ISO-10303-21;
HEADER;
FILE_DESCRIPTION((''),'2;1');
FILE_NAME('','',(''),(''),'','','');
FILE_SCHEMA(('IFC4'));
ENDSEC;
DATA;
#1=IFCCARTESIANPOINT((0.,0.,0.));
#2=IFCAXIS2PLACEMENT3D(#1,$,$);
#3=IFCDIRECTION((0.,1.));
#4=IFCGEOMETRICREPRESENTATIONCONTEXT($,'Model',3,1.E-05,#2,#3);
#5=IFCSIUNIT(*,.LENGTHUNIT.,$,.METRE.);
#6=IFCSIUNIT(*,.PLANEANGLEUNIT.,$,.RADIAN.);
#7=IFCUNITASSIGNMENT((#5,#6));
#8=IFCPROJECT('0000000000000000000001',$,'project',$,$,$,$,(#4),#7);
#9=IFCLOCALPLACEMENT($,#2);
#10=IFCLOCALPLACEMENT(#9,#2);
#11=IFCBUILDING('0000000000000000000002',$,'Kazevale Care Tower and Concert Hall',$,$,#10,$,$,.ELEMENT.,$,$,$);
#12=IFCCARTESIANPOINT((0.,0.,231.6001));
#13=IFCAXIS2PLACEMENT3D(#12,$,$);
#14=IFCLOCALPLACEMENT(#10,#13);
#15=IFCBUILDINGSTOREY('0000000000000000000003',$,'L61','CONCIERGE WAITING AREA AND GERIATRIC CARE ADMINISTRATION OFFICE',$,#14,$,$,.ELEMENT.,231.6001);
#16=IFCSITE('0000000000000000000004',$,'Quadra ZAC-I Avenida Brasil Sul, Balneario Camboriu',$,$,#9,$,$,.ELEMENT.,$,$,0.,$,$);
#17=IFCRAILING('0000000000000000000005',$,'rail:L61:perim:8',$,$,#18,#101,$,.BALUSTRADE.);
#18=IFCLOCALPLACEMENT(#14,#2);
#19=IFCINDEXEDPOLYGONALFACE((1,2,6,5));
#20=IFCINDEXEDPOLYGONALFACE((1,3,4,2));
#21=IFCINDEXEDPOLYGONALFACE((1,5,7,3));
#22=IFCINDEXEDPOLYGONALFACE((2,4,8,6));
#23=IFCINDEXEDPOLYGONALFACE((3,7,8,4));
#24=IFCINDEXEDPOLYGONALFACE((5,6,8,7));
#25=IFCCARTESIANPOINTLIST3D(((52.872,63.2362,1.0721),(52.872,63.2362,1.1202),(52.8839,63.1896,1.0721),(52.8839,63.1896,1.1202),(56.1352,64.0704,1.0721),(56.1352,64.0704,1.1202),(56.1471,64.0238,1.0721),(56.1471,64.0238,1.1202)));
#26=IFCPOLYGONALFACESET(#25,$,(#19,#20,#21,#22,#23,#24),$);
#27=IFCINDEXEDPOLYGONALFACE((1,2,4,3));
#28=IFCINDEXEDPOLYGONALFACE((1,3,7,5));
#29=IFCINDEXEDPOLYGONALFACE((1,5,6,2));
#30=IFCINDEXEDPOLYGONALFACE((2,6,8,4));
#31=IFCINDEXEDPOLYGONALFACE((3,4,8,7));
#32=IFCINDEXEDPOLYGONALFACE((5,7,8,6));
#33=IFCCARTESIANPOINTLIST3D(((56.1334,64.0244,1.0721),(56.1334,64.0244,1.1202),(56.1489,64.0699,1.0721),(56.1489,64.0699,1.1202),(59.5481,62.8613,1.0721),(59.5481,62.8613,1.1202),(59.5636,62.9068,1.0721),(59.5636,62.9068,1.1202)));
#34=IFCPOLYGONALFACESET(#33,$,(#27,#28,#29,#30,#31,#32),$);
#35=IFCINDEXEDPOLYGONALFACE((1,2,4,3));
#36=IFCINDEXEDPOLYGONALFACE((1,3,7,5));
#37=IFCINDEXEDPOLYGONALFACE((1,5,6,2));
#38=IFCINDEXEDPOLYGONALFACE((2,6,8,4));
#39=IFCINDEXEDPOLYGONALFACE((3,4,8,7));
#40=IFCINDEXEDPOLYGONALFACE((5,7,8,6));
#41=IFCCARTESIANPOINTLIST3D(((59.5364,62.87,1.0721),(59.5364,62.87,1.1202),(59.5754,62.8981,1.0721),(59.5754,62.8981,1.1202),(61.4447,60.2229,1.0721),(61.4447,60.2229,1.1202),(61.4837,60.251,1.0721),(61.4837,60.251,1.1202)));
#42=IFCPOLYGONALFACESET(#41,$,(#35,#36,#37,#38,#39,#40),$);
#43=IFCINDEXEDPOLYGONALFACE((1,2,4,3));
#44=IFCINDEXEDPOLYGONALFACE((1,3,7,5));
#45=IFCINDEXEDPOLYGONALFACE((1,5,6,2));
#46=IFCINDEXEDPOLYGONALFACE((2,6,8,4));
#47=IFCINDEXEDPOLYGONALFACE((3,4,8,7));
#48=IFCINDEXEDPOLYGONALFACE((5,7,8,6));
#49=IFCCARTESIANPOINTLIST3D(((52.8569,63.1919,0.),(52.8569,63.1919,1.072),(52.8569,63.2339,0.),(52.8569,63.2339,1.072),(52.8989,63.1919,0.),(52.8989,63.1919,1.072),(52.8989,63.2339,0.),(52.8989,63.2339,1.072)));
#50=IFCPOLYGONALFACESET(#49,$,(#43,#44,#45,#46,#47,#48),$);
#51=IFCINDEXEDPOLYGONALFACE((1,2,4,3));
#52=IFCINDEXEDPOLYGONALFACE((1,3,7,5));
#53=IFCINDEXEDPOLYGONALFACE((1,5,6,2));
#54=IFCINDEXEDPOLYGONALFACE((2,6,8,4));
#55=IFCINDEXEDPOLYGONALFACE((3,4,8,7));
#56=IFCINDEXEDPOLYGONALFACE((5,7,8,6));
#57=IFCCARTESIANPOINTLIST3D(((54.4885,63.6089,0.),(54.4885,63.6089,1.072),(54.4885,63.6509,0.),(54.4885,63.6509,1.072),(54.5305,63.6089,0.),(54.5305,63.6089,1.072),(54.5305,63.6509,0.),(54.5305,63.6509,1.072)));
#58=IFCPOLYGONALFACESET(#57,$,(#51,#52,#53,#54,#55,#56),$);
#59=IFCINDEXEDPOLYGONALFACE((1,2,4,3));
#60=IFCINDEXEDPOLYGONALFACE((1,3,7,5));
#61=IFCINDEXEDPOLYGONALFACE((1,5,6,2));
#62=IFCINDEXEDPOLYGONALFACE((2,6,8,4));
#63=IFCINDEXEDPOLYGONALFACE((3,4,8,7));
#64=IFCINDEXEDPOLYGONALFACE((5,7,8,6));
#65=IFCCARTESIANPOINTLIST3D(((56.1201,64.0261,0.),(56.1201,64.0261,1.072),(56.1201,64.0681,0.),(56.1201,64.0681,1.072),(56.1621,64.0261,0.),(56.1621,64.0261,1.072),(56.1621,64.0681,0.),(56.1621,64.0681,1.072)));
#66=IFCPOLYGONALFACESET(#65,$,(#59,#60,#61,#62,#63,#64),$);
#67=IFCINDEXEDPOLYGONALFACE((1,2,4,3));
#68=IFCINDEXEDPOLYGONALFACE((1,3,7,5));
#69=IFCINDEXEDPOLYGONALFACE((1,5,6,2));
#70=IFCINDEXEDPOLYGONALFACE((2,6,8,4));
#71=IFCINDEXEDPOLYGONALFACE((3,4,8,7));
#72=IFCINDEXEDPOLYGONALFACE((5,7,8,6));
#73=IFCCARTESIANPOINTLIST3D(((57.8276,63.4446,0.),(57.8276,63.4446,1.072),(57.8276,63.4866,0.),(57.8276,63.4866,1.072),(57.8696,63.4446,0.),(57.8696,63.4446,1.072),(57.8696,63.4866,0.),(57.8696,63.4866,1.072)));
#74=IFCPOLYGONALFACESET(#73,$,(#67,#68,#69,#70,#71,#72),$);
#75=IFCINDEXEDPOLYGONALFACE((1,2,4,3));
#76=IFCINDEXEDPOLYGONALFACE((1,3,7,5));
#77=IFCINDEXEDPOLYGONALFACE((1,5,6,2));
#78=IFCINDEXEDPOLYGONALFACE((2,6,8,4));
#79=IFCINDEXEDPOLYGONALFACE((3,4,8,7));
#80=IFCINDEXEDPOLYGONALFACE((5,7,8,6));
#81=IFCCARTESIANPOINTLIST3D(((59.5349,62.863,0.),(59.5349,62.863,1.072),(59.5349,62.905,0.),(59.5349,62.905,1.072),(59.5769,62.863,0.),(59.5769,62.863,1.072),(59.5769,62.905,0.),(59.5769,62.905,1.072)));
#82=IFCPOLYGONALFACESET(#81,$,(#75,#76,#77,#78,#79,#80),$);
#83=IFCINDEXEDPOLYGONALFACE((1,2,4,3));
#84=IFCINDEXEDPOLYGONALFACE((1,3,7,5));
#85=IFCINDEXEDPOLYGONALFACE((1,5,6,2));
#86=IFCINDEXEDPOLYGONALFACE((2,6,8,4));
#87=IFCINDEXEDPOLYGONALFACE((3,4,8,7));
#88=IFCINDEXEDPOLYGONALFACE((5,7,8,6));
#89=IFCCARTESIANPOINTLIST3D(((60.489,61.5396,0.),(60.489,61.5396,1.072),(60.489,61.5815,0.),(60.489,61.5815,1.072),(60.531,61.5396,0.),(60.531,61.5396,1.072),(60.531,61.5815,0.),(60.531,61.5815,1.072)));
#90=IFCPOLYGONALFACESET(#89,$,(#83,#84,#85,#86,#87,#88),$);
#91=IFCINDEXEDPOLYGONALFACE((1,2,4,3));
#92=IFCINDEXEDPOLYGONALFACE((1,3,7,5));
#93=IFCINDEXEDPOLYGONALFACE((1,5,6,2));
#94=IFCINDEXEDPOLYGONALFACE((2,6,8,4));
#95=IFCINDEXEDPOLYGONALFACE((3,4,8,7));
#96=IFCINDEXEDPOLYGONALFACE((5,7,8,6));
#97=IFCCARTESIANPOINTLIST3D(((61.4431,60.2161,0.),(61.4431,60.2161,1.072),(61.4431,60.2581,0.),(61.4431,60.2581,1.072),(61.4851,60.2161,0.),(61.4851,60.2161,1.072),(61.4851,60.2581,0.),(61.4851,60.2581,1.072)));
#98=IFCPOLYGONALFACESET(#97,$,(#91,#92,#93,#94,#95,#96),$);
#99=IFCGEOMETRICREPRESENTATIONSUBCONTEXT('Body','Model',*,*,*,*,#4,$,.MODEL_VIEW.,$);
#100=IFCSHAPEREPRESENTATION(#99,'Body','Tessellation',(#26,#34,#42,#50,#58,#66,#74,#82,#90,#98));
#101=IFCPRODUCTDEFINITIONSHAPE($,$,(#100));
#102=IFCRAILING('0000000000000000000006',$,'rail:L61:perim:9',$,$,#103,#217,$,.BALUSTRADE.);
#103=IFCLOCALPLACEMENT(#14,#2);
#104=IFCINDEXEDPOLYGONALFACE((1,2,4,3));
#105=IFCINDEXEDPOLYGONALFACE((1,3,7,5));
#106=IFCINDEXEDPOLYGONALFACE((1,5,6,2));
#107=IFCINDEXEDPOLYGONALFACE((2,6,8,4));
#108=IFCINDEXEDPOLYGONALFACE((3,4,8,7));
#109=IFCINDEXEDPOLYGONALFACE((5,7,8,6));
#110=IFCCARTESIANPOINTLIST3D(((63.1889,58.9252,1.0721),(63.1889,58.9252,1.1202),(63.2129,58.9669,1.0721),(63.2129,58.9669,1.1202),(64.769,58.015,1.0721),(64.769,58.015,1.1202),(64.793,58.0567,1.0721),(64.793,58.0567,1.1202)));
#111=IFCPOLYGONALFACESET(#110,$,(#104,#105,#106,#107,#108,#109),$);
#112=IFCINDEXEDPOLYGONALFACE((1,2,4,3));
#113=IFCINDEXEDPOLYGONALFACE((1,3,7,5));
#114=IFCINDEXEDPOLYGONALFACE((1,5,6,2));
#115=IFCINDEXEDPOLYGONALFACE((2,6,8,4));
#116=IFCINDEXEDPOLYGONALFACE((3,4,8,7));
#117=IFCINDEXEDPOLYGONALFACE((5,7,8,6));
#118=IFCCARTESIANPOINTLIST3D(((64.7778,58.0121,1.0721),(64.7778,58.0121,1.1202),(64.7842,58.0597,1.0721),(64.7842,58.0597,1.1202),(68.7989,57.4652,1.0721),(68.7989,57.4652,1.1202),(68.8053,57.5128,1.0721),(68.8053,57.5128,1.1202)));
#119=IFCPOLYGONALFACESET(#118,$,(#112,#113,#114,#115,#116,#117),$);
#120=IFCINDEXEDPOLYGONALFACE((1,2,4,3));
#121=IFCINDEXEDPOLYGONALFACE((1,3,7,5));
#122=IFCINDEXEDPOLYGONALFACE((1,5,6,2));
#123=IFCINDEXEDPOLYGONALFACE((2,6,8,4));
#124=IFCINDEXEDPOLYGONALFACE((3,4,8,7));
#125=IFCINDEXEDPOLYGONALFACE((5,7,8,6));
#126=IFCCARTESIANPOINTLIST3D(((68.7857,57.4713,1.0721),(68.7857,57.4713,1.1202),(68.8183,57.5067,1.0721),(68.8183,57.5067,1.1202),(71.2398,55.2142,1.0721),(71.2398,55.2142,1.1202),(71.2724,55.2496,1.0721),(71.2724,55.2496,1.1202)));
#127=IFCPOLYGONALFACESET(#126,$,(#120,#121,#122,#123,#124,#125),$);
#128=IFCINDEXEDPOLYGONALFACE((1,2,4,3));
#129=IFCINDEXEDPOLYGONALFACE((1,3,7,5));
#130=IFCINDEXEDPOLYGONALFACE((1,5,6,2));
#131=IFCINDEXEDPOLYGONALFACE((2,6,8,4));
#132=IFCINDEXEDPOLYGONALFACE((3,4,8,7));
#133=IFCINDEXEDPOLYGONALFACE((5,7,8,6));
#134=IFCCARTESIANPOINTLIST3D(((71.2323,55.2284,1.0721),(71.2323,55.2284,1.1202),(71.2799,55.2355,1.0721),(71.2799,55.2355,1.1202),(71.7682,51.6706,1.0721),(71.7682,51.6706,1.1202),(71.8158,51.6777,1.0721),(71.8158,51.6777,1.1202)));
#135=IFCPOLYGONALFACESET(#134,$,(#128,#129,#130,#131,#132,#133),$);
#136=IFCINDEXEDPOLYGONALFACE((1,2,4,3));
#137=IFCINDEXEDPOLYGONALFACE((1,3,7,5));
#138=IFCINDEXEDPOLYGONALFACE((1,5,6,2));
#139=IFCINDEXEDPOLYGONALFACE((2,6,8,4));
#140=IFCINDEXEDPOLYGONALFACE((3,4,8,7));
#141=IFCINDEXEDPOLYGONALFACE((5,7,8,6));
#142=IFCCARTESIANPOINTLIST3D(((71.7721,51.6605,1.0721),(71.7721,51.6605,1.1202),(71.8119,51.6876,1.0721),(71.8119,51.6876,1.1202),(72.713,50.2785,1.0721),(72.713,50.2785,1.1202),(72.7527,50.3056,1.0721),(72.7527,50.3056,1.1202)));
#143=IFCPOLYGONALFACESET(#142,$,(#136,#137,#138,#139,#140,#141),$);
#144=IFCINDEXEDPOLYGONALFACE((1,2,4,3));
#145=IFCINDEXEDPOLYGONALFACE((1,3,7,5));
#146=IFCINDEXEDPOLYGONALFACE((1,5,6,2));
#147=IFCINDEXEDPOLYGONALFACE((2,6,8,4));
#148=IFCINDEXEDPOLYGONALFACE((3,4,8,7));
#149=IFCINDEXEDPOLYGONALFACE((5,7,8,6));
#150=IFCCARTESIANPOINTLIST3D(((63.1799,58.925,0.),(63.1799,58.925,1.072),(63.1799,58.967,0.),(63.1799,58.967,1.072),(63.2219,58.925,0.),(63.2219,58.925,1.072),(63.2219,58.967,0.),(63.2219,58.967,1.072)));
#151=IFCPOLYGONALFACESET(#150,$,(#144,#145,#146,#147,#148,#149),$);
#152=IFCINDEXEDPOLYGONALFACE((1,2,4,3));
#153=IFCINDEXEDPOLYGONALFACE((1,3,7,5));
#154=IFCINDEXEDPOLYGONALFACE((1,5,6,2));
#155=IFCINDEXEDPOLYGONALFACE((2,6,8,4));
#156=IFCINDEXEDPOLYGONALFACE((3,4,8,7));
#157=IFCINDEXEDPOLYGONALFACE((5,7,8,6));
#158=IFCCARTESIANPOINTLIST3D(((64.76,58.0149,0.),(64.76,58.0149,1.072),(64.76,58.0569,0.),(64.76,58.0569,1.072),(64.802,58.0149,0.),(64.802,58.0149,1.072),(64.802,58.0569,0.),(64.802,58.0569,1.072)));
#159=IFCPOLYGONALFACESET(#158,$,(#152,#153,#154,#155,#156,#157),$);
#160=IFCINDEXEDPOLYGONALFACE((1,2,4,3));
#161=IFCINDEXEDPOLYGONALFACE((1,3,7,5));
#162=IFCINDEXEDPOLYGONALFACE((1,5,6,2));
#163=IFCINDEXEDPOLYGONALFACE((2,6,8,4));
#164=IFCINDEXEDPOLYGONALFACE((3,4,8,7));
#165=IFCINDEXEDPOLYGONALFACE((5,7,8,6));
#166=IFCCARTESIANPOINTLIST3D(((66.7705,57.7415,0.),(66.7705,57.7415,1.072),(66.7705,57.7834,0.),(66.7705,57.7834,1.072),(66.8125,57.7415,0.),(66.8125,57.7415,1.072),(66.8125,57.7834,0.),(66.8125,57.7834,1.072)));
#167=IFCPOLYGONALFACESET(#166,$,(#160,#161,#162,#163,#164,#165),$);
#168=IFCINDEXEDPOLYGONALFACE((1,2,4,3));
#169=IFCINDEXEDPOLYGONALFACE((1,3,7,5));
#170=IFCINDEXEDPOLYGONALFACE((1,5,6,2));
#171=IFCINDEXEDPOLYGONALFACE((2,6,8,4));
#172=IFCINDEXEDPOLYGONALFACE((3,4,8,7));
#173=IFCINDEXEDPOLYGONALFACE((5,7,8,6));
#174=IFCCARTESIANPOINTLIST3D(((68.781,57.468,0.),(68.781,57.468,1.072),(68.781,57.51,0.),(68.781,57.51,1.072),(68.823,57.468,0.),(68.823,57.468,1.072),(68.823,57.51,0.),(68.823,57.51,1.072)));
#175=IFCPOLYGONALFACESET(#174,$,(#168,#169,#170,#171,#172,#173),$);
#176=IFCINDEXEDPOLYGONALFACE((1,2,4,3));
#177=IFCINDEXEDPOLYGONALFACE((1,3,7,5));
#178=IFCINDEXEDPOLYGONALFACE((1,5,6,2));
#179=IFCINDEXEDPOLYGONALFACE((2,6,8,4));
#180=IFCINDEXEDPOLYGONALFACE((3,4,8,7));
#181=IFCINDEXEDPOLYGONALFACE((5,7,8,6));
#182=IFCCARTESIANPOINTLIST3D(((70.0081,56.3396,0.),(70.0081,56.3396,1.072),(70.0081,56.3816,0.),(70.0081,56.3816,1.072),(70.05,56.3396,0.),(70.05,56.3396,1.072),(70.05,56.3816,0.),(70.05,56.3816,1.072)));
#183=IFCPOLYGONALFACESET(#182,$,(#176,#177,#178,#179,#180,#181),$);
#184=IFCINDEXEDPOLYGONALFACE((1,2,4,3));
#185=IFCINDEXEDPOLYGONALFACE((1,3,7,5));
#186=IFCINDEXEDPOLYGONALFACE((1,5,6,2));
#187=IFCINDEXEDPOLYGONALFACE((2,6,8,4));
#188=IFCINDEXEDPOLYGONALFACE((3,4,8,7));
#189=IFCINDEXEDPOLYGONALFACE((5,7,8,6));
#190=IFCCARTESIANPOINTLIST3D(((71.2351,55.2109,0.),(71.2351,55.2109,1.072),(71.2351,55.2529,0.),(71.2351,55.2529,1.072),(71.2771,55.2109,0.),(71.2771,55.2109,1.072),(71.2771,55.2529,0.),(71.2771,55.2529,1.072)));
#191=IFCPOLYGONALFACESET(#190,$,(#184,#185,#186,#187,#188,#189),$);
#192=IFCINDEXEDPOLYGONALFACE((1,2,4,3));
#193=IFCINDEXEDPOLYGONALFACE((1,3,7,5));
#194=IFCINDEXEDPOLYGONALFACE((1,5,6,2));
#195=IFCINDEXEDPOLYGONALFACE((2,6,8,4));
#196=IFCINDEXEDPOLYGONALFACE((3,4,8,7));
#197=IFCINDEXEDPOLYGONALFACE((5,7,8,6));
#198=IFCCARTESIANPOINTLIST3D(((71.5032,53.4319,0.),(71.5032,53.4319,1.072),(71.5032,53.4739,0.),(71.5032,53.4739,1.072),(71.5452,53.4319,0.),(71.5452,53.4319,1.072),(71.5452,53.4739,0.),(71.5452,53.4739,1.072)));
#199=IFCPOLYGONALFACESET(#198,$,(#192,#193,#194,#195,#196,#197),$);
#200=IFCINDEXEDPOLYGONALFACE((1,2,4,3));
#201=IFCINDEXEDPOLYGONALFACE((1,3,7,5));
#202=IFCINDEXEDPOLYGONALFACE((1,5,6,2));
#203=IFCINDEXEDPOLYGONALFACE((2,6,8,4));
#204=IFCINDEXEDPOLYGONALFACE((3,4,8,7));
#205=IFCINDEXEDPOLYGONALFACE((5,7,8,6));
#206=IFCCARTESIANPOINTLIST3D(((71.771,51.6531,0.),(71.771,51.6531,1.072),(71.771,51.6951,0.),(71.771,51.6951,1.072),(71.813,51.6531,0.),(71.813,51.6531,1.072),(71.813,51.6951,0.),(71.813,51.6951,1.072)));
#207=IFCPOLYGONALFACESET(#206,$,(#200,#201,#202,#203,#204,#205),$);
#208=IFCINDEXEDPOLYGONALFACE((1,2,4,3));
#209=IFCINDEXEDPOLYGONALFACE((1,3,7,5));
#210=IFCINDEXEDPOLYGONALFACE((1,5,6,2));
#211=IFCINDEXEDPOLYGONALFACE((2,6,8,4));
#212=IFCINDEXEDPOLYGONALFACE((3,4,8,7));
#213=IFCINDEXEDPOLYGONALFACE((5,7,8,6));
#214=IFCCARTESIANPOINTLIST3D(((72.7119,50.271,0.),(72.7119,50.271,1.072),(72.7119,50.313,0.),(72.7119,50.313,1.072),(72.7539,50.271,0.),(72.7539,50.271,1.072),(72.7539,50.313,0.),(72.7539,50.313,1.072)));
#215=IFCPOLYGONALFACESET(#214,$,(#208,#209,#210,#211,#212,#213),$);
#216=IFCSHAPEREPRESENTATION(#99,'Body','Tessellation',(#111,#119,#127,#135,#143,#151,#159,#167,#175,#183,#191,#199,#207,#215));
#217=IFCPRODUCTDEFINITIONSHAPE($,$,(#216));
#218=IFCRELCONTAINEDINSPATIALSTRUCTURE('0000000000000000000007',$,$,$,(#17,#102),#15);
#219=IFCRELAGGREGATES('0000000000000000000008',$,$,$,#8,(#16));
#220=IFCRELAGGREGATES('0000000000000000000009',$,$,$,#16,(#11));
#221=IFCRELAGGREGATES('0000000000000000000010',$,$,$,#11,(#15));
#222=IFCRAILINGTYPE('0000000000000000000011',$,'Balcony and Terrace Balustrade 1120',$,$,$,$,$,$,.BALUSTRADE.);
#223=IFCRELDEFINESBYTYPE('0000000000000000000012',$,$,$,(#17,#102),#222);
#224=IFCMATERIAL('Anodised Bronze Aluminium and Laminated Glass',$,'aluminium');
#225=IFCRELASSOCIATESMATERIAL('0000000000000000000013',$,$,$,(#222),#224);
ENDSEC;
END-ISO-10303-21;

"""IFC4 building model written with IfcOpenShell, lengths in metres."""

from ifc_helpers import new_model, si_unit, direction, frame, origin, origin_2d, place, context, subcontext, project, spatial, rectangle, extrude, material, type_object, element, save


model = new_model("IFC4")

# Units and contexts
model_context = context("Model", 3, precision=1e-05, world=origin(), true_north=direction((0.0, 1.0)))
body_context = subcontext(model_context, "Body", "Model", "MODEL_VIEW")
ifc_project = project(units=[si_unit("LENGTHUNIT", "METRE"), si_unit("PLANEANGLEUNIT", "RADIAN")], contexts=[model_context])

# Site, building, storey
site_placement = place(None, origin())
site = spatial("IfcSite", under=ifc_project, at=site_placement, Name="Quadra ZAC-I Avenida Brasil Sul, Balneario Camboriu", CompositionType="ELEMENT", RefElevation=0.0)
building_placement = place(site_placement, origin())
building = spatial("IfcBuilding", under=site, at=building_placement, Name="Kazevale Care Tower and Concert Hall", CompositionType="ELEMENT")
storey_placement = place(building_placement, frame((0.0, 0.0, 231.6001)))
storey = spatial("IfcBuildingStorey", under=building, at=storey_placement, Name="L61", Description="CONCIERGE WAITING AREA AND GERIATRIC CARE ADMINISTRATION OFFICE", CompositionType="ELEMENT", Elevation=231.6001)

# Railings
ifc_material_1 = material(Name="Anodised Bronze Aluminium and Laminated Glass", Category="aluminium")
railing_type = type_object("IfcRailingType", Name="Balcony and Terrace Balustrade 1120", PredefinedType="BALUSTRADE", material=ifc_material_1)
railing_1_placement = place(storey_placement, frame((52.8779, 63.2129, 0.0)))
element("IfcRailing", 1, at=railing_1_placement, inside=storey, type_object=railing_type, Name="rail:L61:perim:8", PredefinedType="BALUSTRADE", context=body_context, shape_type="SweptSolid", body=[
    extrude(rectangle(XDim=0.0481, YDim=0.0481, at=origin_2d()), frame((0.0, 0.0, 1.0962), z_axis=(0.968841, 0.247683, 0.0), x_axis=(-0.247683, 0.968841, 0.0)), (0.0, 0.0, 1.0), 3.3682),
    extrude(rectangle(XDim=0.0481, YDim=0.0481, at=origin_2d()), frame((3.2632, 0.8342, 1.0962), z_axis=(0.946599, -0.322413, 0.0), x_axis=(0.322413, 0.946599, 0.0)), (0.0, 0.0, 1.0), 3.6074),
    extrude(rectangle(XDim=0.0481, YDim=0.0481, at=origin_2d()), frame((6.678, -0.3289, 1.0962), z_axis=(0.584786, -0.811188, 0.0), x_axis=(0.811188, 0.584786, 0.0)), (0.0, 0.0, 1.0), 3.2632),
    extrude(rectangle(XDim=0.042, YDim=0.042, at=origin_2d()), origin(), (0.0, 0.0, 1.0), 1.072),
    extrude(rectangle(XDim=0.042, YDim=0.042, at=origin_2d()), frame((1.6316, 0.417, 0.0)), (0.0, 0.0, 1.0), 1.072),
    extrude(rectangle(XDim=0.042, YDim=0.042, at=origin_2d()), frame((3.2632, 0.8342, 0.0)), (0.0, 0.0, 1.0), 1.072),
    extrude(rectangle(XDim=0.042, YDim=0.042, at=origin_2d()), frame((4.9707, 0.2527, 0.0)), (0.0, 0.0, 1.0), 1.072),
    extrude(rectangle(XDim=0.042, YDim=0.042, at=origin_2d()), frame((6.678, -0.3289, 0.0)), (0.0, 0.0, 1.0), 1.072),
    extrude(rectangle(XDim=0.042, YDim=0.042, at=origin_2d()), frame((7.6321, -1.6523, 0.0)), (0.0, 0.0, 1.0), 1.072),
    extrude(rectangle(XDim=0.042, YDim=0.042, at=origin_2d()), frame((8.5862, -2.9758, 0.0)), (0.0, 0.0, 1.0), 1.072),
])
railing_2_placement = place(storey_placement, frame((63.2009, 58.946, 0.0)))
element("IfcRailing", 2, at=railing_2_placement, inside=storey, type_object=railing_type, Name="rail:L61:perim:9", PredefinedType="BALUSTRADE", context=body_context, shape_type="SweptSolid", body=[
    extrude(rectangle(XDim=0.0481, YDim=0.0481, at=origin_2d()), frame((0.0, 0.0, 1.0962), z_axis=(0.866524, -0.499135, 0.0), x_axis=(0.499135, 0.866524, 0.0)), (0.0, 0.0, 1.0), 1.8235),
    extrude(rectangle(XDim=0.0481, YDim=0.0481, at=origin_2d()), frame((1.5801, -0.9102, 1.0962), z_axis=(0.990878, -0.134764, 0.0), x_axis=(0.134764, 0.990878, 0.0)), (0.0, 0.0, 1.0), 4.0581),
    extrude(rectangle(XDim=0.0481, YDim=0.0481, at=origin_2d()), frame((5.6011, -1.457, 1.0962), z_axis=(0.736035, -0.676944, 0.0), x_axis=(0.676944, 0.736035, 0.0)), (0.0, 0.0, 1.0), 3.3342),
    extrude(rectangle(XDim=0.0481, YDim=0.0481, at=origin_2d()), frame((8.0552, -3.7141, 1.0962), z_axis=(0.148941, -0.988846, 0.0), x_axis=(0.988846, 0.148941, 0.0)), (0.0, 0.0, 1.0), 3.5979),
    extrude(rectangle(XDim=0.0481, YDim=0.0481, at=origin_2d()), frame((8.5911, -7.272, 1.0962), z_axis=(0.562761, -0.826619, 0.0), x_axis=(0.826619, 0.562761, 0.0)), (0.0, 0.0, 1.0), 1.6719),
    extrude(rectangle(XDim=0.042, YDim=0.042, at=origin_2d()), origin(), (0.0, 0.0, 1.0), 1.072),
    extrude(rectangle(XDim=0.042, YDim=0.042, at=origin_2d()), frame((1.5801, -0.9102, 0.0)), (0.0, 0.0, 1.0), 1.072),
    extrude(rectangle(XDim=0.042, YDim=0.042, at=origin_2d()), frame((3.5906, -1.1836, 0.0)), (0.0, 0.0, 1.0), 1.072),
    extrude(rectangle(XDim=0.042, YDim=0.042, at=origin_2d()), frame((5.6011, -1.457, 0.0)), (0.0, 0.0, 1.0), 1.072),
    extrude(rectangle(XDim=0.042, YDim=0.042, at=origin_2d()), frame((6.8281, -2.5854, 0.0)), (0.0, 0.0, 1.0), 1.072),
    extrude(rectangle(XDim=0.042, YDim=0.042, at=origin_2d()), frame((8.0552, -3.7141, 0.0)), (0.0, 0.0, 1.0), 1.072),
    extrude(rectangle(XDim=0.042, YDim=0.042, at=origin_2d()), frame((8.3232, -5.4932, 0.0)), (0.0, 0.0, 1.0), 1.072),
    extrude(rectangle(XDim=0.042, YDim=0.042, at=origin_2d()), frame((8.5911, -7.272, 0.0)), (0.0, 0.0, 1.0), 1.072),
    extrude(rectangle(XDim=0.042, YDim=0.042, at=origin_2d()), frame((9.532, -8.6541, 0.0)), (0.0, 0.0, 1.0), 1.072),
])

save(model, "model.ifc")
